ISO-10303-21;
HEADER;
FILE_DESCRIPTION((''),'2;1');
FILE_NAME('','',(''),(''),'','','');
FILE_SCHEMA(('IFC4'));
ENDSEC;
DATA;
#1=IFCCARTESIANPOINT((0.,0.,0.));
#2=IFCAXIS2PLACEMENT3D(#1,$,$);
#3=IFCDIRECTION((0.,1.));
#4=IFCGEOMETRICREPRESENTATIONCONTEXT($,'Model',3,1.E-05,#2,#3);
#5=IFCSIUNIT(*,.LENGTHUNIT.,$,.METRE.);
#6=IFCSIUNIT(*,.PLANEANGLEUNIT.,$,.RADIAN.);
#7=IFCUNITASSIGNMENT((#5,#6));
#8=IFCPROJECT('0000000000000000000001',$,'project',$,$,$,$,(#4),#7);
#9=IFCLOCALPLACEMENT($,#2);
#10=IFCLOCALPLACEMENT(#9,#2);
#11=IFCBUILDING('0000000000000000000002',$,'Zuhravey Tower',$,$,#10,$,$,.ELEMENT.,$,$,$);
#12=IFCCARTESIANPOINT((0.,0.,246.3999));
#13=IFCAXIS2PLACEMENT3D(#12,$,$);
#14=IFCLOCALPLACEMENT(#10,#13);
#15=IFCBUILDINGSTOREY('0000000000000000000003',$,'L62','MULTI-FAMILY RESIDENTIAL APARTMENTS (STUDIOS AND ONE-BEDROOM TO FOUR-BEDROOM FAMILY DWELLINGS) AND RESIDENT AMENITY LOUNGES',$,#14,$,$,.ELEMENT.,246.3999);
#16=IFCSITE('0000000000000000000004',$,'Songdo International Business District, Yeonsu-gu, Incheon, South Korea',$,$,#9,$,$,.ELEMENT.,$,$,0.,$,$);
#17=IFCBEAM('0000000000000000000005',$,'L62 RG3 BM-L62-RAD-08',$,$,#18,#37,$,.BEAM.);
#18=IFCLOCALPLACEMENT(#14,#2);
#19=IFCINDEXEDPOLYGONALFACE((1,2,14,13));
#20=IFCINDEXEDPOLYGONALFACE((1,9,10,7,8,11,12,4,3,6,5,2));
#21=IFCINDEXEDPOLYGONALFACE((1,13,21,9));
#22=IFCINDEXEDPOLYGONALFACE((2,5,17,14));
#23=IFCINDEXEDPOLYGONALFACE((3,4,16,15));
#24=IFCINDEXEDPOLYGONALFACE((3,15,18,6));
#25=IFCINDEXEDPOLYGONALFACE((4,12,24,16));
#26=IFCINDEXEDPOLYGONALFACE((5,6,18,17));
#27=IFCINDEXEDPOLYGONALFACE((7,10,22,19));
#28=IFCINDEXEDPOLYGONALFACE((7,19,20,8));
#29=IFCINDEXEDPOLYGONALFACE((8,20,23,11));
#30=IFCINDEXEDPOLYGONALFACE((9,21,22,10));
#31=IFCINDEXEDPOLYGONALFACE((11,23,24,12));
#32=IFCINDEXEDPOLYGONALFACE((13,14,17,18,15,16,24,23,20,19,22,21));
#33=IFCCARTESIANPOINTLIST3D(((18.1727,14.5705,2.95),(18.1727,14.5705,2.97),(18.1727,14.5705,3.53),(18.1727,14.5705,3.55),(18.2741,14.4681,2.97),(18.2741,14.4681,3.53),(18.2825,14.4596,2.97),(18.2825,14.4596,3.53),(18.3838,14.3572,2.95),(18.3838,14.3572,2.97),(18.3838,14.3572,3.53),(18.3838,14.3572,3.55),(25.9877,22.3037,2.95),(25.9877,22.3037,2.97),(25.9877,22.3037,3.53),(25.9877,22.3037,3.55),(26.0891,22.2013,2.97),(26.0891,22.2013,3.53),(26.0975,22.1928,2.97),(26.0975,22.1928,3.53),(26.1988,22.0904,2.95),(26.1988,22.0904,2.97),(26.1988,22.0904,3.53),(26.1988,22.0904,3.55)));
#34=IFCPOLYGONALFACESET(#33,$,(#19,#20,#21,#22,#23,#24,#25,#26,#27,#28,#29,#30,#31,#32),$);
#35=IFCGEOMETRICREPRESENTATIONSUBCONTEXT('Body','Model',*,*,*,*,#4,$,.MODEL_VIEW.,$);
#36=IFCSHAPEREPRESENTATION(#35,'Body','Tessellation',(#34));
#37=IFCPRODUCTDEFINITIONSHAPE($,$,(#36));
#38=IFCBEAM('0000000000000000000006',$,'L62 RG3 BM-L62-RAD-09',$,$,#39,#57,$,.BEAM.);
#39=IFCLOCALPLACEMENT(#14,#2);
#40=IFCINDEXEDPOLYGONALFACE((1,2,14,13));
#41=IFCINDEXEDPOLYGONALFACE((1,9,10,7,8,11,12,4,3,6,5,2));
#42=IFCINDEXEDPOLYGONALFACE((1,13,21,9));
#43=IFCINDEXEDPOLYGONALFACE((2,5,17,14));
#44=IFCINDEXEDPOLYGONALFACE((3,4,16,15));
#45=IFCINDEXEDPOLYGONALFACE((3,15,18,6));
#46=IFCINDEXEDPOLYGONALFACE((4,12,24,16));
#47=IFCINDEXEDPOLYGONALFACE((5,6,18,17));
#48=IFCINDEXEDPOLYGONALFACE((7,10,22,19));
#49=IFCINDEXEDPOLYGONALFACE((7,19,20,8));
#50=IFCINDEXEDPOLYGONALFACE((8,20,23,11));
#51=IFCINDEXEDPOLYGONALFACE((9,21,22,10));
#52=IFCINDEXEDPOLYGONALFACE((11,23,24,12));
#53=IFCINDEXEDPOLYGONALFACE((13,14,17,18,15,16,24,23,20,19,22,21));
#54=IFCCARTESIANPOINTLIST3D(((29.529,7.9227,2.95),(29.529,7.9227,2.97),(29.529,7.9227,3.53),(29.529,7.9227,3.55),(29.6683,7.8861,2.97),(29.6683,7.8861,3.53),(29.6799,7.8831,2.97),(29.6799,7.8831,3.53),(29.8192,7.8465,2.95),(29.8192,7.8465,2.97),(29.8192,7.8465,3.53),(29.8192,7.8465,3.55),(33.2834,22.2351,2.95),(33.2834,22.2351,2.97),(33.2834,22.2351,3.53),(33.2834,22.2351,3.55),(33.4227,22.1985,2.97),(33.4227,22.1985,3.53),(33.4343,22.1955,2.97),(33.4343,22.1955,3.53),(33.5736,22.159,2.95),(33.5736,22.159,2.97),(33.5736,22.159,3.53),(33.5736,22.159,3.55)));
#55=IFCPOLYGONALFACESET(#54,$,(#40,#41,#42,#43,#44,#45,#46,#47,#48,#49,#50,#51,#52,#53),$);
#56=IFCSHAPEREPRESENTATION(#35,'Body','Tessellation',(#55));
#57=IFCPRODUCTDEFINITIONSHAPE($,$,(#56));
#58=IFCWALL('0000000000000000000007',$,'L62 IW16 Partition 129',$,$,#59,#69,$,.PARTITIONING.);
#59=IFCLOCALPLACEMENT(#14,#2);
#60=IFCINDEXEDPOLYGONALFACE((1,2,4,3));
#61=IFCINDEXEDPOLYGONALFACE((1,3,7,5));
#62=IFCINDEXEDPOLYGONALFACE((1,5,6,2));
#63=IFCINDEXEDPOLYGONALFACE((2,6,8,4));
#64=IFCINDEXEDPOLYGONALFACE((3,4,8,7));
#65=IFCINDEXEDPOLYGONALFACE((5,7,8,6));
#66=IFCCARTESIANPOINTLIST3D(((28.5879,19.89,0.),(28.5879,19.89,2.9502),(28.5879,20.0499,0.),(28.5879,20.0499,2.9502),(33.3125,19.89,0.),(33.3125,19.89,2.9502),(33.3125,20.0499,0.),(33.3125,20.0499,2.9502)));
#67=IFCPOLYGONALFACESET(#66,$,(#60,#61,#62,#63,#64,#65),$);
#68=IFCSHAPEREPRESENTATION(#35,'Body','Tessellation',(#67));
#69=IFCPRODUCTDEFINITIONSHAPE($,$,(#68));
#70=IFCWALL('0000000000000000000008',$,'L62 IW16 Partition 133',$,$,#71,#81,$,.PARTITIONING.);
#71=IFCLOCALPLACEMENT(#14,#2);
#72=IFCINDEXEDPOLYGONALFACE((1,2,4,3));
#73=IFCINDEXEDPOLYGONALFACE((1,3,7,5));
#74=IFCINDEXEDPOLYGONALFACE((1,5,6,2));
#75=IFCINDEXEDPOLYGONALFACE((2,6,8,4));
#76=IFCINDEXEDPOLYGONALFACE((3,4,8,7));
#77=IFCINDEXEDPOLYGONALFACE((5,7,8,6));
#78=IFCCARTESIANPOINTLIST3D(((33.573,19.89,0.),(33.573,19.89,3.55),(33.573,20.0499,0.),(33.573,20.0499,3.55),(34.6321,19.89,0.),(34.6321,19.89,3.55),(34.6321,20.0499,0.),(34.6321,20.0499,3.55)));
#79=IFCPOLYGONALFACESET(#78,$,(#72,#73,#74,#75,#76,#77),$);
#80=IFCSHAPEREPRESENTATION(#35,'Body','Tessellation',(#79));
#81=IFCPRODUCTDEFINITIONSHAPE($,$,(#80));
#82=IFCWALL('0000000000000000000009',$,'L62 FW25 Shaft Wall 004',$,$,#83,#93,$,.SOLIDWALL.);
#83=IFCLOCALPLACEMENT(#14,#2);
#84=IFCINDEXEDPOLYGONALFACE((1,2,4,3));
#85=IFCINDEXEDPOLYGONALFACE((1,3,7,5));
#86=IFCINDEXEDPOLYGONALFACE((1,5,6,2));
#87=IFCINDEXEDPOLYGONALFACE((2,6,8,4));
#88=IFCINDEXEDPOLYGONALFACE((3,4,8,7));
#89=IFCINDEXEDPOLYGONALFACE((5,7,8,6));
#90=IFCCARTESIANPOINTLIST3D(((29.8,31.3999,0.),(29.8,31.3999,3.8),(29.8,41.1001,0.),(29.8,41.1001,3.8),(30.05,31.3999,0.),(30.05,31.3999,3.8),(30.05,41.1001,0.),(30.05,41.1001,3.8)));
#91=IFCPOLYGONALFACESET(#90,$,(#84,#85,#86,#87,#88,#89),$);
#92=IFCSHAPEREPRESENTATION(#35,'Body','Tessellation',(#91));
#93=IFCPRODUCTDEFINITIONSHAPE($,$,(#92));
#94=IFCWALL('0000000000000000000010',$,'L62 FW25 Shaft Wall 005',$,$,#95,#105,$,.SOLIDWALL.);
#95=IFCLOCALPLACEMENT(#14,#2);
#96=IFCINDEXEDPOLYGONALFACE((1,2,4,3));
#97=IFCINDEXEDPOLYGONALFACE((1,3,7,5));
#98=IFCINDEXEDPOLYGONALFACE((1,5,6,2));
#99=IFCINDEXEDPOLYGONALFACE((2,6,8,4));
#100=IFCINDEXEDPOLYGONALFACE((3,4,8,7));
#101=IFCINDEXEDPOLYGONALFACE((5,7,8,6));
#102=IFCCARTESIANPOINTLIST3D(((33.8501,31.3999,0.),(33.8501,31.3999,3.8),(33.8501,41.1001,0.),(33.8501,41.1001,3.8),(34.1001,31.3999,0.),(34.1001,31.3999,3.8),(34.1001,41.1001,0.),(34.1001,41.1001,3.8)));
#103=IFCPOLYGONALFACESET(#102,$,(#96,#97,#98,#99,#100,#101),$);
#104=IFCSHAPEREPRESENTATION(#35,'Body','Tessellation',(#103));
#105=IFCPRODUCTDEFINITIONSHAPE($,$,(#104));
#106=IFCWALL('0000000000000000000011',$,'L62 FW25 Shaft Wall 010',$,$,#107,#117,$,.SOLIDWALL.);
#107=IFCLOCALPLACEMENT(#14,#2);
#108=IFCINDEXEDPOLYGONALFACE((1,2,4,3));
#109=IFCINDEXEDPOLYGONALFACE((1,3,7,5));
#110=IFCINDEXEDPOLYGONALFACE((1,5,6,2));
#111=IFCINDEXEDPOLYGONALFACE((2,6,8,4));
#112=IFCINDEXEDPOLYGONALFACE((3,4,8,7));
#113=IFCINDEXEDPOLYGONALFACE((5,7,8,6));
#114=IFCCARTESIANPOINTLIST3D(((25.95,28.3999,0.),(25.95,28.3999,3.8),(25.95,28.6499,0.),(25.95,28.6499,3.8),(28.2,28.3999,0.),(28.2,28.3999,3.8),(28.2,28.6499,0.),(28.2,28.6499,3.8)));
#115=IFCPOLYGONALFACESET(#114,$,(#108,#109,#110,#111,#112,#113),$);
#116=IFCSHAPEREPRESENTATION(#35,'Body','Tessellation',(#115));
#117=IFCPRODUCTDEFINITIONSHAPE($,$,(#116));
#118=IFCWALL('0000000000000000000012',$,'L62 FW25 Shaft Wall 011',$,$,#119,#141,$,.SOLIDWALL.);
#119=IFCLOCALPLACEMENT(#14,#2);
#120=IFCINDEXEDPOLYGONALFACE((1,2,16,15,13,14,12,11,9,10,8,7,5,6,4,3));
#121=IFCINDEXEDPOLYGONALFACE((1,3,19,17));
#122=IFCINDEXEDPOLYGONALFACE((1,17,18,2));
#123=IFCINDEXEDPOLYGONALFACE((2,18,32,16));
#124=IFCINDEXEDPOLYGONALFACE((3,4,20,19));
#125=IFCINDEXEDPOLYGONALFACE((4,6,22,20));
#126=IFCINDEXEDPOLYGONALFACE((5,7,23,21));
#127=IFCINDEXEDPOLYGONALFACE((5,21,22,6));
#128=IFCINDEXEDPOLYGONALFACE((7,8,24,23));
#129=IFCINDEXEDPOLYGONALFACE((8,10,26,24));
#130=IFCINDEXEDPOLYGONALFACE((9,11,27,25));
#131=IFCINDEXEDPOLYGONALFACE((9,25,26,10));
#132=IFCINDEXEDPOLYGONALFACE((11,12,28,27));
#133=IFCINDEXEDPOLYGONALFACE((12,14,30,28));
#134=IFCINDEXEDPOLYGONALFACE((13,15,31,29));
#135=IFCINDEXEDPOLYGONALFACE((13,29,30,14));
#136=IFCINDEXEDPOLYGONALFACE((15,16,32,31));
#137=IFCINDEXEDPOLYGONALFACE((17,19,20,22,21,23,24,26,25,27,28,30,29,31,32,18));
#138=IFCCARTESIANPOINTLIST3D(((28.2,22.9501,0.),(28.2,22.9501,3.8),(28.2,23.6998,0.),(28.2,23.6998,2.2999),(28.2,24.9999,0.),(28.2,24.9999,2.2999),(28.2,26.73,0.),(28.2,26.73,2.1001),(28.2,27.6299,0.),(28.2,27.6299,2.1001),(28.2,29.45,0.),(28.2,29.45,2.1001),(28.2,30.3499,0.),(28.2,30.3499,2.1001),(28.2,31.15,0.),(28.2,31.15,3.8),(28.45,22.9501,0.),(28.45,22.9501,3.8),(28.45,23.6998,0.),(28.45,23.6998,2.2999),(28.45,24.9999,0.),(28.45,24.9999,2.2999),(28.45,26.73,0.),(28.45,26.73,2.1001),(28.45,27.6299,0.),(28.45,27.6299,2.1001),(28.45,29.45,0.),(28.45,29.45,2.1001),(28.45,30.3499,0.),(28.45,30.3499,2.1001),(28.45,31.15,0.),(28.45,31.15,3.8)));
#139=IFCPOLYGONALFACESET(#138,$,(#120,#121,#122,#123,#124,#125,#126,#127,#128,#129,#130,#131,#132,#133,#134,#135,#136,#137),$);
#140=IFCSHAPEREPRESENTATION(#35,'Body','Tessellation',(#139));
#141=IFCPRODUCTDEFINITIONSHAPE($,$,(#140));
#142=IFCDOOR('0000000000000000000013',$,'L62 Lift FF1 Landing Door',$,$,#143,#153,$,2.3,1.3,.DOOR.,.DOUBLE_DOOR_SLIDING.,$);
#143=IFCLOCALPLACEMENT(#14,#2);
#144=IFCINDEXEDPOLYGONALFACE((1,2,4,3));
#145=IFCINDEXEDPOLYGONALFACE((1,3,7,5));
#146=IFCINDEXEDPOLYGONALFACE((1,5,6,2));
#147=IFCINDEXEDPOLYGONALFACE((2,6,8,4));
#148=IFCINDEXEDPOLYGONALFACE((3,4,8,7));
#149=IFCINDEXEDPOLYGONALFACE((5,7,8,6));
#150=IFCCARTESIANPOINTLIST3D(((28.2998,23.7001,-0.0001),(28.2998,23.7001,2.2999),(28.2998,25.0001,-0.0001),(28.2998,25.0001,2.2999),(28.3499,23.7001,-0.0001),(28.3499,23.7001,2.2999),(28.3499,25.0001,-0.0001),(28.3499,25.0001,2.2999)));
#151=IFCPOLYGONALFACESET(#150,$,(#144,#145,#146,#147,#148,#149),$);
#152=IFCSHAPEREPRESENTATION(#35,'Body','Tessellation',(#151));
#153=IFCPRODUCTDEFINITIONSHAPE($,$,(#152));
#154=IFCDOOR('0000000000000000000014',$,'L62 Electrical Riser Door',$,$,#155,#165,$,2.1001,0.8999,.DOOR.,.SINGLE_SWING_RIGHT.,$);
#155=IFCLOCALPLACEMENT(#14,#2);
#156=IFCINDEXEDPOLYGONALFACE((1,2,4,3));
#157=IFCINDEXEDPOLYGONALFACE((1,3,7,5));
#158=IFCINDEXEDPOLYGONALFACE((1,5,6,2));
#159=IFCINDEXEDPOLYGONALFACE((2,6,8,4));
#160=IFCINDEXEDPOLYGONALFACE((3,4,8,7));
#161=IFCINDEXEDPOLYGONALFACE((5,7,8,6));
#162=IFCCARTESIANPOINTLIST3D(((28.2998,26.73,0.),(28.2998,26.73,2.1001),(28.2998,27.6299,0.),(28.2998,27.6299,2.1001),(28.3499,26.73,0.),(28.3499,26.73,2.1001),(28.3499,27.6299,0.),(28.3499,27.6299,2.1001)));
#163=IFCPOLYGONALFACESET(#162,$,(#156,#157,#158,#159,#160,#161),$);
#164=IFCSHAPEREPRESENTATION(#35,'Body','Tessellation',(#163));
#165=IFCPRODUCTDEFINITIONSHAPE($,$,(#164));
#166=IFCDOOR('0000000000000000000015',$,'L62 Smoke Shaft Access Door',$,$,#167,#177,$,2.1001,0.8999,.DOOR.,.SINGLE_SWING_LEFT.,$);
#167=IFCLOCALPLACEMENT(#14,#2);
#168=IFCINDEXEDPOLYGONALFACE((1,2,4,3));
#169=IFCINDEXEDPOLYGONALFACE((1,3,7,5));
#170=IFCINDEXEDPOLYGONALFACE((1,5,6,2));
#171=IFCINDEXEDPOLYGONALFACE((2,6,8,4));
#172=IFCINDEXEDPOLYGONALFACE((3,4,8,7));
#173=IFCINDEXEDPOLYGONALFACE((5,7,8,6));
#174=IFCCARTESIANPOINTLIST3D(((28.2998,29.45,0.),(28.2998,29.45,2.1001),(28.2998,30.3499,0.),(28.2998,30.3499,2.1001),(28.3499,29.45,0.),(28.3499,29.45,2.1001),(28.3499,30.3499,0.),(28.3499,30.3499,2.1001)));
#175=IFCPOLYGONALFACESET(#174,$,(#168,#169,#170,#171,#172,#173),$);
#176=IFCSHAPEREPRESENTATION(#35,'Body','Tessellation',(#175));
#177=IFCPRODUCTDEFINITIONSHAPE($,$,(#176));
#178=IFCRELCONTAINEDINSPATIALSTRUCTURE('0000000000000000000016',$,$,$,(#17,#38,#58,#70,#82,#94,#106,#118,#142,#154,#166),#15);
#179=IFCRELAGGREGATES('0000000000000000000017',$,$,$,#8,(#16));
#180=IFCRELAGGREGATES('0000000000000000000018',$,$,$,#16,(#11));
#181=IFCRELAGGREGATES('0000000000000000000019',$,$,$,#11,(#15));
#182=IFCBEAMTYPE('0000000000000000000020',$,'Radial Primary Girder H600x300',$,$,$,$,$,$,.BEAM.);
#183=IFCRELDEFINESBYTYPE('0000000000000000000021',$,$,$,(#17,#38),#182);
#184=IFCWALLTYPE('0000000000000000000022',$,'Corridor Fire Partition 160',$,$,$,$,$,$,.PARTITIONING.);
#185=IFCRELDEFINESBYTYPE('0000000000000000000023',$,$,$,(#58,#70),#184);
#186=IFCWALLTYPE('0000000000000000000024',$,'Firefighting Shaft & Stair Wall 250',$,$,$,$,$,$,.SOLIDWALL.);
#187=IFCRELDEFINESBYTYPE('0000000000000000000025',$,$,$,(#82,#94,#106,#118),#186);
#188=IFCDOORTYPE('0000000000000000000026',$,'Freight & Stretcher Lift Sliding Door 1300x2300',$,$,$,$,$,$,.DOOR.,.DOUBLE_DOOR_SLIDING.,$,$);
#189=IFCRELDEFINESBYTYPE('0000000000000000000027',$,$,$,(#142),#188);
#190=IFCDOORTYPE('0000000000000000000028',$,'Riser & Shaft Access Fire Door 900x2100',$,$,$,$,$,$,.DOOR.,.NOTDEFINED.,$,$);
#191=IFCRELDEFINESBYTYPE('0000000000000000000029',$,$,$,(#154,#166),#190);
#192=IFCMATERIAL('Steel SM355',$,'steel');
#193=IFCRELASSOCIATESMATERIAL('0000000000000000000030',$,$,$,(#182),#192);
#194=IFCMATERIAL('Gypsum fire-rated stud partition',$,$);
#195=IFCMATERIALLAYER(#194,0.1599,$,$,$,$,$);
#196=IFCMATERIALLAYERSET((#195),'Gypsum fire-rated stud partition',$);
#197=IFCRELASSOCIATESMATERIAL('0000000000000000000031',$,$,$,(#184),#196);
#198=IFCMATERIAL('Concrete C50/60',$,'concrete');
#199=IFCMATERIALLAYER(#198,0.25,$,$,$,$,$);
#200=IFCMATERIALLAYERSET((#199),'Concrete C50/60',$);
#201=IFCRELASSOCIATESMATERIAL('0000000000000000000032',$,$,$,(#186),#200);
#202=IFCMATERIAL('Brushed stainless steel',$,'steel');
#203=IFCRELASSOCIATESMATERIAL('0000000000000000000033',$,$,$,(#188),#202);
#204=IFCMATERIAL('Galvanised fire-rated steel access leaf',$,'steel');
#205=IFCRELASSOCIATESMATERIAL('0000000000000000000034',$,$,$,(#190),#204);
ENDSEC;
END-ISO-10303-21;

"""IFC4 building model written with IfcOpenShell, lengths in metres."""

from ifc_helpers import new_model, si_unit, direction, frame, frame_2d, origin, origin_2d, place, context, subcontext, project, spatial, rectangle, i_section, extrude, material, layer, layer_set, material_profile, profile_set, type_object, element, fill, save


model = new_model("IFC4")

# Units and contexts
model_context = context("Model", 3, precision=1e-05, world=origin(), true_north=direction((0.0, 1.0)))
body_context = subcontext(model_context, "Body", "Model", "MODEL_VIEW")
ifc_project = project(units=[si_unit("LENGTHUNIT", "METRE"), si_unit("PLANEANGLEUNIT", "RADIAN")], contexts=[model_context])

# Site, building, storey
site_placement = place(None, origin())
site = spatial("IfcSite", under=ifc_project, at=site_placement, Name="Songdo International Business District, Yeonsu-gu, Incheon, South Korea", CompositionType="ELEMENT", RefElevation=0.0)
building_placement = place(site_placement, origin())
building = spatial("IfcBuilding", under=site, at=building_placement, Name="Zuhravey Tower", CompositionType="ELEMENT")
storey_placement = place(building_placement, frame((0.0, 0.0, 246.3999)))
storey = spatial("IfcBuildingStorey", under=building, at=storey_placement, Name="L62", Description="MULTI-FAMILY RESIDENTIAL APARTMENTS (STUDIOS AND ONE-BEDROOM TO FOUR-BEDROOM FAMILY DWELLINGS) AND RESIDENT AMENITY LOUNGES", CompositionType="ELEMENT", Elevation=246.3999)

# Beams
ifc_material_1 = material(Name="Steel SM355", Category="steel")
ifc_material_profile = material_profile(ifc_material_1, i_section(OverallWidth=0.3, OverallDepth=0.6001, WebThickness=0.012, FlangeThickness=0.02, at=origin_2d()), Name="H-600x300x12x20")
ifc_profile_set = profile_set([ifc_material_profile], Name="Steel SM355")
beam_type = type_object("IfcBeamType", Name="Radial Primary Girder H600x300", PredefinedType="BEAM", material=ifc_profile_set)
beam_1_placement = place(storey_placement, frame((26.0933, 22.197, 3.25), z_axis=(-0.710817, -0.703377, 0.0), x_axis=(0.703377, -0.710817, 0.0)))
element("IfcBeam", 1, at=beam_1_placement, inside=storey, type_object=beam_type, Name="L62 RG3 BM-L62-RAD-08", PredefinedType="BEAM", context=body_context, shape_type="SweptSolid", body=[
    extrude(i_section(OverallWidth=0.3, OverallDepth=0.6001, WebThickness=0.012, FlangeThickness=0.02, at=origin_2d()), origin(), (0.0, 0.0, 1.0), 10.9944),
])
beam_2_placement = place(storey_placement, frame((33.4285, 22.197, 3.25), z_axis=(-0.253731, -0.967275, 0.0), x_axis=(0.967275, -0.253731, 0.0)))
element("IfcBeam", 2, at=beam_2_placement, inside=storey, type_object=beam_type, Name="L62 RG3 BM-L62-RAD-09", PredefinedType="BEAM", context=body_context, shape_type="SweptSolid", body=[
    extrude(i_section(OverallWidth=0.3, OverallDepth=0.6001, WebThickness=0.012, FlangeThickness=0.02, at=origin_2d()), origin(), (0.0, 0.0, 1.0), 14.7966),
])

# Walls
ifc_material_2 = material(Name="Gypsum fire-rated stud partition")
ifc_layer_1 = layer(ifc_material_2, 0.1599)
ifc_layer_set_1 = layer_set([ifc_layer_1], Name="Gypsum fire-rated stud partition")
wall_type_1 = type_object("IfcWallType", Name="Corridor Fire Partition 160", PredefinedType="PARTITIONING", material=ifc_layer_set_1)
wall_1_placement = place(storey_placement, frame((28.5879, 19.97, 0.0), z_axis=(0.0, 0.0, 1.0), x_axis=(1.0, 0.0, 0.0)))
element("IfcWall", 3, at=wall_1_placement, inside=storey, type_object=wall_type_1, Name="L62 IW16 Partition 129", PredefinedType="PARTITIONING", context=body_context, shape_type="SweptSolid", body=[
    extrude(rectangle(XDim=4.7246, YDim=0.1599, at=frame_2d((2.3623, 0.0))), origin(), (0.0, 0.0, 1.0), 2.9502),
])
wall_2_placement = place(storey_placement, frame((33.573, 19.97, 0.0), z_axis=(0.0, 0.0, 1.0), x_axis=(1.0, 0.0, 0.0)))
element("IfcWall", 4, at=wall_2_placement, inside=storey, type_object=wall_type_1, Name="L62 IW16 Partition 133", PredefinedType="PARTITIONING", context=body_context, shape_type="SweptSolid", body=[
    extrude(rectangle(XDim=1.0591, YDim=0.1599, at=frame_2d((0.5295, 0.0))), origin(), (0.0, 0.0, 1.0), 3.55),
])

# Shared definitions
ifc_material_3 = material(Name="Concrete C50/60", Category="concrete")
ifc_layer_2 = layer(ifc_material_3, 0.25)
ifc_layer_set_2 = layer_set([ifc_layer_2], Name="Concrete C50/60")
wall_type_2 = type_object("IfcWallType", Name="Firefighting Shaft & Stair Wall 250", PredefinedType="SOLIDWALL", material=ifc_layer_set_2)

# Walls
for number, where, z_axis, x_axis, name in (
    (5, (29.925, 31.3999, 0.0), (0.0, 0.0, 1.0), (0.0, 1.0, 0.0), "L62 FW25 Shaft Wall 004"),
    (6, (33.9751, 31.3999, 0.0), (0.0, 0.0, 1.0), (0.0, 1.0, 0.0), "L62 FW25 Shaft Wall 005"),
):
    element("IfcWall", number, at=place(storey_placement, frame(where, z_axis=z_axis, x_axis=x_axis)), inside=storey, type_object=wall_type_2, Name=name, PredefinedType="SOLIDWALL", context=body_context, shape_type="SweptSolid", body=[
        extrude(rectangle(XDim=9.7002, YDim=0.25, at=frame_2d((4.8501, 0.0))), origin(), (0.0, 0.0, 1.0), 3.8),
    ])
wall_3_placement = place(storey_placement, frame((25.95, 28.5249, 0.0), z_axis=(0.0, 0.0, 1.0), x_axis=(1.0, 0.0, 0.0)))
element("IfcWall", 7, at=wall_3_placement, inside=storey, type_object=wall_type_2, Name="L62 FW25 Shaft Wall 010", PredefinedType="SOLIDWALL", context=body_context, shape_type="SweptSolid", body=[
    extrude(rectangle(XDim=2.25, YDim=0.25, at=frame_2d((1.125, 0.0))), origin(), (0.0, 0.0, 1.0), 3.8),
])

# Wall, openings, doors
wall_4_placement = place(storey_placement, frame((28.325, 22.95, 0.0), z_axis=(0.0, 0.0, 1.0), x_axis=(0.0, 1.0, 0.0)))
wall_4 = element("IfcWall", 8, at=wall_4_placement, inside=storey, type_object=wall_type_2, Name="L62 FW25 Shaft Wall 011", PredefinedType="SOLIDWALL", context=body_context, shape_type="SweptSolid", body=[
    extrude(rectangle(XDim=8.2, YDim=0.25, at=frame_2d((4.1001, 0.0))), origin(), (0.0, 0.0, 1.0), 3.8),
])
opening_1_placement = place(wall_4_placement, frame((0.75, 0.0, 0.0)))
opening_1 = element("IfcOpeningElement", 9, at=opening_1_placement, cuts=wall_4, PredefinedType="OPENING", context=body_context, shape_type="SweptSolid", body=[
    extrude(rectangle(XDim=1.3, YDim=2.3, at=frame_2d((0.6499, 1.1499))), frame((0.0, 0.137, 0.0), z_axis=(0.0, -1.0, 0.0), x_axis=(1.0, 0.0, 0.0)), (0.0, 0.0, 1.0), 0.2739),
])
opening_2_placement = place(wall_4_placement, frame((3.78, 0.0, 0.0)))
opening_2 = element("IfcOpeningElement", 10, at=opening_2_placement, cuts=wall_4, PredefinedType="OPENING", context=body_context, shape_type="SweptSolid", body=[
    extrude(rectangle(XDim=0.8999, YDim=2.1001, at=frame_2d((0.45, 1.05))), frame((0.0, 0.137, 0.0), z_axis=(0.0, -1.0, 0.0), x_axis=(1.0, 0.0, 0.0)), (0.0, 0.0, 1.0), 0.2739),
])
opening_3_placement = place(wall_4_placement, frame((6.5, 0.0, 0.0)))
opening_3 = element("IfcOpeningElement", 11, at=opening_3_placement, cuts=wall_4, PredefinedType="OPENING", context=body_context, shape_type="SweptSolid", body=[
    extrude(rectangle(XDim=0.8999, YDim=2.1001, at=frame_2d((0.45, 1.05))), frame((0.0, 0.137, 0.0), z_axis=(0.0, -1.0, 0.0), x_axis=(1.0, 0.0, 0.0)), (0.0, 0.0, 1.0), 0.2739),
])
ifc_material_4 = material(Name="Brushed stainless steel", Category="steel")
door_type_1 = type_object("IfcDoorType", Name="Freight & Stretcher Lift Sliding Door 1300x2300", OperationType="DOUBLE_DOOR_SLIDING", PredefinedType="DOOR", material=ifc_material_4)
door_1_placement = place(opening_1_placement, frame((1.3, 0.0, 0.0), z_axis=(0.0, 0.0, 1.0), x_axis=(-1.0, 0.0, 0.0)))
door_1 = element("IfcDoor", 12, at=door_1_placement, inside=storey, type_object=door_type_1, Name="L62 Lift FF1 Landing Door", OperationType="DOUBLE_DOOR_SLIDING", OverallHeight=2.3, OverallWidth=1.3, PredefinedType="DOOR", context=body_context, shape_type="SweptSolid", body=[
    extrude(rectangle(XDim=1.3, YDim=2.3, at=frame_2d((0.6499, 1.1499))), frame((0.0, 0.0249, 0.0), z_axis=(0.0, -1.0, 0.0), x_axis=(1.0, 0.0, 0.0)), (0.0, 0.0, 1.0), 0.05),
])
fill(opening_1, door_1)
ifc_material_5 = material(Name="Galvanised fire-rated steel access leaf", Category="steel")
door_type_2 = type_object("IfcDoorType", Name="Riser & Shaft Access Fire Door 900x2100", OperationType="NOTDEFINED", PredefinedType="DOOR", material=ifc_material_5)
door_2_placement = place(opening_2_placement, frame((0.8999, 0.0, 0.0), z_axis=(0.0, 0.0, 1.0), x_axis=(-1.0, 0.0, 0.0)))
door_2 = element("IfcDoor", 13, at=door_2_placement, inside=storey, type_object=door_type_2, Name="L62 Electrical Riser Door", OperationType="SINGLE_SWING_RIGHT", OverallHeight=2.1001, OverallWidth=0.8999, PredefinedType="DOOR", context=body_context, shape_type="SweptSolid", body=[
    extrude(rectangle(XDim=0.8999, YDim=2.1001, at=frame_2d((0.45, 1.05))), frame((0.0, 0.0249, 0.0), z_axis=(0.0, -1.0, 0.0), x_axis=(1.0, 0.0, 0.0)), (0.0, 0.0, 1.0), 0.05),
])
fill(opening_2, door_2)
door_3_placement = place(opening_3_placement, frame((0.8999, 0.0, 0.0), z_axis=(0.0, 0.0, 1.0), x_axis=(-1.0, 0.0, 0.0)))
door_3 = element("IfcDoor", 14, at=door_3_placement, inside=storey, type_object=door_type_2, Name="L62 Smoke Shaft Access Door", OperationType="SINGLE_SWING_LEFT", OverallHeight=2.1001, OverallWidth=0.8999, PredefinedType="DOOR", context=body_context, shape_type="SweptSolid", body=[
    extrude(rectangle(XDim=0.8999, YDim=2.1001, at=frame_2d((0.45, 1.05))), frame((0.0, 0.0249, 0.0), z_axis=(0.0, -1.0, 0.0), x_axis=(1.0, 0.0, 0.0)), (0.0, 0.0, 1.0), 0.05),
])
fill(opening_3, door_3)

save(model, "model.ifc")
